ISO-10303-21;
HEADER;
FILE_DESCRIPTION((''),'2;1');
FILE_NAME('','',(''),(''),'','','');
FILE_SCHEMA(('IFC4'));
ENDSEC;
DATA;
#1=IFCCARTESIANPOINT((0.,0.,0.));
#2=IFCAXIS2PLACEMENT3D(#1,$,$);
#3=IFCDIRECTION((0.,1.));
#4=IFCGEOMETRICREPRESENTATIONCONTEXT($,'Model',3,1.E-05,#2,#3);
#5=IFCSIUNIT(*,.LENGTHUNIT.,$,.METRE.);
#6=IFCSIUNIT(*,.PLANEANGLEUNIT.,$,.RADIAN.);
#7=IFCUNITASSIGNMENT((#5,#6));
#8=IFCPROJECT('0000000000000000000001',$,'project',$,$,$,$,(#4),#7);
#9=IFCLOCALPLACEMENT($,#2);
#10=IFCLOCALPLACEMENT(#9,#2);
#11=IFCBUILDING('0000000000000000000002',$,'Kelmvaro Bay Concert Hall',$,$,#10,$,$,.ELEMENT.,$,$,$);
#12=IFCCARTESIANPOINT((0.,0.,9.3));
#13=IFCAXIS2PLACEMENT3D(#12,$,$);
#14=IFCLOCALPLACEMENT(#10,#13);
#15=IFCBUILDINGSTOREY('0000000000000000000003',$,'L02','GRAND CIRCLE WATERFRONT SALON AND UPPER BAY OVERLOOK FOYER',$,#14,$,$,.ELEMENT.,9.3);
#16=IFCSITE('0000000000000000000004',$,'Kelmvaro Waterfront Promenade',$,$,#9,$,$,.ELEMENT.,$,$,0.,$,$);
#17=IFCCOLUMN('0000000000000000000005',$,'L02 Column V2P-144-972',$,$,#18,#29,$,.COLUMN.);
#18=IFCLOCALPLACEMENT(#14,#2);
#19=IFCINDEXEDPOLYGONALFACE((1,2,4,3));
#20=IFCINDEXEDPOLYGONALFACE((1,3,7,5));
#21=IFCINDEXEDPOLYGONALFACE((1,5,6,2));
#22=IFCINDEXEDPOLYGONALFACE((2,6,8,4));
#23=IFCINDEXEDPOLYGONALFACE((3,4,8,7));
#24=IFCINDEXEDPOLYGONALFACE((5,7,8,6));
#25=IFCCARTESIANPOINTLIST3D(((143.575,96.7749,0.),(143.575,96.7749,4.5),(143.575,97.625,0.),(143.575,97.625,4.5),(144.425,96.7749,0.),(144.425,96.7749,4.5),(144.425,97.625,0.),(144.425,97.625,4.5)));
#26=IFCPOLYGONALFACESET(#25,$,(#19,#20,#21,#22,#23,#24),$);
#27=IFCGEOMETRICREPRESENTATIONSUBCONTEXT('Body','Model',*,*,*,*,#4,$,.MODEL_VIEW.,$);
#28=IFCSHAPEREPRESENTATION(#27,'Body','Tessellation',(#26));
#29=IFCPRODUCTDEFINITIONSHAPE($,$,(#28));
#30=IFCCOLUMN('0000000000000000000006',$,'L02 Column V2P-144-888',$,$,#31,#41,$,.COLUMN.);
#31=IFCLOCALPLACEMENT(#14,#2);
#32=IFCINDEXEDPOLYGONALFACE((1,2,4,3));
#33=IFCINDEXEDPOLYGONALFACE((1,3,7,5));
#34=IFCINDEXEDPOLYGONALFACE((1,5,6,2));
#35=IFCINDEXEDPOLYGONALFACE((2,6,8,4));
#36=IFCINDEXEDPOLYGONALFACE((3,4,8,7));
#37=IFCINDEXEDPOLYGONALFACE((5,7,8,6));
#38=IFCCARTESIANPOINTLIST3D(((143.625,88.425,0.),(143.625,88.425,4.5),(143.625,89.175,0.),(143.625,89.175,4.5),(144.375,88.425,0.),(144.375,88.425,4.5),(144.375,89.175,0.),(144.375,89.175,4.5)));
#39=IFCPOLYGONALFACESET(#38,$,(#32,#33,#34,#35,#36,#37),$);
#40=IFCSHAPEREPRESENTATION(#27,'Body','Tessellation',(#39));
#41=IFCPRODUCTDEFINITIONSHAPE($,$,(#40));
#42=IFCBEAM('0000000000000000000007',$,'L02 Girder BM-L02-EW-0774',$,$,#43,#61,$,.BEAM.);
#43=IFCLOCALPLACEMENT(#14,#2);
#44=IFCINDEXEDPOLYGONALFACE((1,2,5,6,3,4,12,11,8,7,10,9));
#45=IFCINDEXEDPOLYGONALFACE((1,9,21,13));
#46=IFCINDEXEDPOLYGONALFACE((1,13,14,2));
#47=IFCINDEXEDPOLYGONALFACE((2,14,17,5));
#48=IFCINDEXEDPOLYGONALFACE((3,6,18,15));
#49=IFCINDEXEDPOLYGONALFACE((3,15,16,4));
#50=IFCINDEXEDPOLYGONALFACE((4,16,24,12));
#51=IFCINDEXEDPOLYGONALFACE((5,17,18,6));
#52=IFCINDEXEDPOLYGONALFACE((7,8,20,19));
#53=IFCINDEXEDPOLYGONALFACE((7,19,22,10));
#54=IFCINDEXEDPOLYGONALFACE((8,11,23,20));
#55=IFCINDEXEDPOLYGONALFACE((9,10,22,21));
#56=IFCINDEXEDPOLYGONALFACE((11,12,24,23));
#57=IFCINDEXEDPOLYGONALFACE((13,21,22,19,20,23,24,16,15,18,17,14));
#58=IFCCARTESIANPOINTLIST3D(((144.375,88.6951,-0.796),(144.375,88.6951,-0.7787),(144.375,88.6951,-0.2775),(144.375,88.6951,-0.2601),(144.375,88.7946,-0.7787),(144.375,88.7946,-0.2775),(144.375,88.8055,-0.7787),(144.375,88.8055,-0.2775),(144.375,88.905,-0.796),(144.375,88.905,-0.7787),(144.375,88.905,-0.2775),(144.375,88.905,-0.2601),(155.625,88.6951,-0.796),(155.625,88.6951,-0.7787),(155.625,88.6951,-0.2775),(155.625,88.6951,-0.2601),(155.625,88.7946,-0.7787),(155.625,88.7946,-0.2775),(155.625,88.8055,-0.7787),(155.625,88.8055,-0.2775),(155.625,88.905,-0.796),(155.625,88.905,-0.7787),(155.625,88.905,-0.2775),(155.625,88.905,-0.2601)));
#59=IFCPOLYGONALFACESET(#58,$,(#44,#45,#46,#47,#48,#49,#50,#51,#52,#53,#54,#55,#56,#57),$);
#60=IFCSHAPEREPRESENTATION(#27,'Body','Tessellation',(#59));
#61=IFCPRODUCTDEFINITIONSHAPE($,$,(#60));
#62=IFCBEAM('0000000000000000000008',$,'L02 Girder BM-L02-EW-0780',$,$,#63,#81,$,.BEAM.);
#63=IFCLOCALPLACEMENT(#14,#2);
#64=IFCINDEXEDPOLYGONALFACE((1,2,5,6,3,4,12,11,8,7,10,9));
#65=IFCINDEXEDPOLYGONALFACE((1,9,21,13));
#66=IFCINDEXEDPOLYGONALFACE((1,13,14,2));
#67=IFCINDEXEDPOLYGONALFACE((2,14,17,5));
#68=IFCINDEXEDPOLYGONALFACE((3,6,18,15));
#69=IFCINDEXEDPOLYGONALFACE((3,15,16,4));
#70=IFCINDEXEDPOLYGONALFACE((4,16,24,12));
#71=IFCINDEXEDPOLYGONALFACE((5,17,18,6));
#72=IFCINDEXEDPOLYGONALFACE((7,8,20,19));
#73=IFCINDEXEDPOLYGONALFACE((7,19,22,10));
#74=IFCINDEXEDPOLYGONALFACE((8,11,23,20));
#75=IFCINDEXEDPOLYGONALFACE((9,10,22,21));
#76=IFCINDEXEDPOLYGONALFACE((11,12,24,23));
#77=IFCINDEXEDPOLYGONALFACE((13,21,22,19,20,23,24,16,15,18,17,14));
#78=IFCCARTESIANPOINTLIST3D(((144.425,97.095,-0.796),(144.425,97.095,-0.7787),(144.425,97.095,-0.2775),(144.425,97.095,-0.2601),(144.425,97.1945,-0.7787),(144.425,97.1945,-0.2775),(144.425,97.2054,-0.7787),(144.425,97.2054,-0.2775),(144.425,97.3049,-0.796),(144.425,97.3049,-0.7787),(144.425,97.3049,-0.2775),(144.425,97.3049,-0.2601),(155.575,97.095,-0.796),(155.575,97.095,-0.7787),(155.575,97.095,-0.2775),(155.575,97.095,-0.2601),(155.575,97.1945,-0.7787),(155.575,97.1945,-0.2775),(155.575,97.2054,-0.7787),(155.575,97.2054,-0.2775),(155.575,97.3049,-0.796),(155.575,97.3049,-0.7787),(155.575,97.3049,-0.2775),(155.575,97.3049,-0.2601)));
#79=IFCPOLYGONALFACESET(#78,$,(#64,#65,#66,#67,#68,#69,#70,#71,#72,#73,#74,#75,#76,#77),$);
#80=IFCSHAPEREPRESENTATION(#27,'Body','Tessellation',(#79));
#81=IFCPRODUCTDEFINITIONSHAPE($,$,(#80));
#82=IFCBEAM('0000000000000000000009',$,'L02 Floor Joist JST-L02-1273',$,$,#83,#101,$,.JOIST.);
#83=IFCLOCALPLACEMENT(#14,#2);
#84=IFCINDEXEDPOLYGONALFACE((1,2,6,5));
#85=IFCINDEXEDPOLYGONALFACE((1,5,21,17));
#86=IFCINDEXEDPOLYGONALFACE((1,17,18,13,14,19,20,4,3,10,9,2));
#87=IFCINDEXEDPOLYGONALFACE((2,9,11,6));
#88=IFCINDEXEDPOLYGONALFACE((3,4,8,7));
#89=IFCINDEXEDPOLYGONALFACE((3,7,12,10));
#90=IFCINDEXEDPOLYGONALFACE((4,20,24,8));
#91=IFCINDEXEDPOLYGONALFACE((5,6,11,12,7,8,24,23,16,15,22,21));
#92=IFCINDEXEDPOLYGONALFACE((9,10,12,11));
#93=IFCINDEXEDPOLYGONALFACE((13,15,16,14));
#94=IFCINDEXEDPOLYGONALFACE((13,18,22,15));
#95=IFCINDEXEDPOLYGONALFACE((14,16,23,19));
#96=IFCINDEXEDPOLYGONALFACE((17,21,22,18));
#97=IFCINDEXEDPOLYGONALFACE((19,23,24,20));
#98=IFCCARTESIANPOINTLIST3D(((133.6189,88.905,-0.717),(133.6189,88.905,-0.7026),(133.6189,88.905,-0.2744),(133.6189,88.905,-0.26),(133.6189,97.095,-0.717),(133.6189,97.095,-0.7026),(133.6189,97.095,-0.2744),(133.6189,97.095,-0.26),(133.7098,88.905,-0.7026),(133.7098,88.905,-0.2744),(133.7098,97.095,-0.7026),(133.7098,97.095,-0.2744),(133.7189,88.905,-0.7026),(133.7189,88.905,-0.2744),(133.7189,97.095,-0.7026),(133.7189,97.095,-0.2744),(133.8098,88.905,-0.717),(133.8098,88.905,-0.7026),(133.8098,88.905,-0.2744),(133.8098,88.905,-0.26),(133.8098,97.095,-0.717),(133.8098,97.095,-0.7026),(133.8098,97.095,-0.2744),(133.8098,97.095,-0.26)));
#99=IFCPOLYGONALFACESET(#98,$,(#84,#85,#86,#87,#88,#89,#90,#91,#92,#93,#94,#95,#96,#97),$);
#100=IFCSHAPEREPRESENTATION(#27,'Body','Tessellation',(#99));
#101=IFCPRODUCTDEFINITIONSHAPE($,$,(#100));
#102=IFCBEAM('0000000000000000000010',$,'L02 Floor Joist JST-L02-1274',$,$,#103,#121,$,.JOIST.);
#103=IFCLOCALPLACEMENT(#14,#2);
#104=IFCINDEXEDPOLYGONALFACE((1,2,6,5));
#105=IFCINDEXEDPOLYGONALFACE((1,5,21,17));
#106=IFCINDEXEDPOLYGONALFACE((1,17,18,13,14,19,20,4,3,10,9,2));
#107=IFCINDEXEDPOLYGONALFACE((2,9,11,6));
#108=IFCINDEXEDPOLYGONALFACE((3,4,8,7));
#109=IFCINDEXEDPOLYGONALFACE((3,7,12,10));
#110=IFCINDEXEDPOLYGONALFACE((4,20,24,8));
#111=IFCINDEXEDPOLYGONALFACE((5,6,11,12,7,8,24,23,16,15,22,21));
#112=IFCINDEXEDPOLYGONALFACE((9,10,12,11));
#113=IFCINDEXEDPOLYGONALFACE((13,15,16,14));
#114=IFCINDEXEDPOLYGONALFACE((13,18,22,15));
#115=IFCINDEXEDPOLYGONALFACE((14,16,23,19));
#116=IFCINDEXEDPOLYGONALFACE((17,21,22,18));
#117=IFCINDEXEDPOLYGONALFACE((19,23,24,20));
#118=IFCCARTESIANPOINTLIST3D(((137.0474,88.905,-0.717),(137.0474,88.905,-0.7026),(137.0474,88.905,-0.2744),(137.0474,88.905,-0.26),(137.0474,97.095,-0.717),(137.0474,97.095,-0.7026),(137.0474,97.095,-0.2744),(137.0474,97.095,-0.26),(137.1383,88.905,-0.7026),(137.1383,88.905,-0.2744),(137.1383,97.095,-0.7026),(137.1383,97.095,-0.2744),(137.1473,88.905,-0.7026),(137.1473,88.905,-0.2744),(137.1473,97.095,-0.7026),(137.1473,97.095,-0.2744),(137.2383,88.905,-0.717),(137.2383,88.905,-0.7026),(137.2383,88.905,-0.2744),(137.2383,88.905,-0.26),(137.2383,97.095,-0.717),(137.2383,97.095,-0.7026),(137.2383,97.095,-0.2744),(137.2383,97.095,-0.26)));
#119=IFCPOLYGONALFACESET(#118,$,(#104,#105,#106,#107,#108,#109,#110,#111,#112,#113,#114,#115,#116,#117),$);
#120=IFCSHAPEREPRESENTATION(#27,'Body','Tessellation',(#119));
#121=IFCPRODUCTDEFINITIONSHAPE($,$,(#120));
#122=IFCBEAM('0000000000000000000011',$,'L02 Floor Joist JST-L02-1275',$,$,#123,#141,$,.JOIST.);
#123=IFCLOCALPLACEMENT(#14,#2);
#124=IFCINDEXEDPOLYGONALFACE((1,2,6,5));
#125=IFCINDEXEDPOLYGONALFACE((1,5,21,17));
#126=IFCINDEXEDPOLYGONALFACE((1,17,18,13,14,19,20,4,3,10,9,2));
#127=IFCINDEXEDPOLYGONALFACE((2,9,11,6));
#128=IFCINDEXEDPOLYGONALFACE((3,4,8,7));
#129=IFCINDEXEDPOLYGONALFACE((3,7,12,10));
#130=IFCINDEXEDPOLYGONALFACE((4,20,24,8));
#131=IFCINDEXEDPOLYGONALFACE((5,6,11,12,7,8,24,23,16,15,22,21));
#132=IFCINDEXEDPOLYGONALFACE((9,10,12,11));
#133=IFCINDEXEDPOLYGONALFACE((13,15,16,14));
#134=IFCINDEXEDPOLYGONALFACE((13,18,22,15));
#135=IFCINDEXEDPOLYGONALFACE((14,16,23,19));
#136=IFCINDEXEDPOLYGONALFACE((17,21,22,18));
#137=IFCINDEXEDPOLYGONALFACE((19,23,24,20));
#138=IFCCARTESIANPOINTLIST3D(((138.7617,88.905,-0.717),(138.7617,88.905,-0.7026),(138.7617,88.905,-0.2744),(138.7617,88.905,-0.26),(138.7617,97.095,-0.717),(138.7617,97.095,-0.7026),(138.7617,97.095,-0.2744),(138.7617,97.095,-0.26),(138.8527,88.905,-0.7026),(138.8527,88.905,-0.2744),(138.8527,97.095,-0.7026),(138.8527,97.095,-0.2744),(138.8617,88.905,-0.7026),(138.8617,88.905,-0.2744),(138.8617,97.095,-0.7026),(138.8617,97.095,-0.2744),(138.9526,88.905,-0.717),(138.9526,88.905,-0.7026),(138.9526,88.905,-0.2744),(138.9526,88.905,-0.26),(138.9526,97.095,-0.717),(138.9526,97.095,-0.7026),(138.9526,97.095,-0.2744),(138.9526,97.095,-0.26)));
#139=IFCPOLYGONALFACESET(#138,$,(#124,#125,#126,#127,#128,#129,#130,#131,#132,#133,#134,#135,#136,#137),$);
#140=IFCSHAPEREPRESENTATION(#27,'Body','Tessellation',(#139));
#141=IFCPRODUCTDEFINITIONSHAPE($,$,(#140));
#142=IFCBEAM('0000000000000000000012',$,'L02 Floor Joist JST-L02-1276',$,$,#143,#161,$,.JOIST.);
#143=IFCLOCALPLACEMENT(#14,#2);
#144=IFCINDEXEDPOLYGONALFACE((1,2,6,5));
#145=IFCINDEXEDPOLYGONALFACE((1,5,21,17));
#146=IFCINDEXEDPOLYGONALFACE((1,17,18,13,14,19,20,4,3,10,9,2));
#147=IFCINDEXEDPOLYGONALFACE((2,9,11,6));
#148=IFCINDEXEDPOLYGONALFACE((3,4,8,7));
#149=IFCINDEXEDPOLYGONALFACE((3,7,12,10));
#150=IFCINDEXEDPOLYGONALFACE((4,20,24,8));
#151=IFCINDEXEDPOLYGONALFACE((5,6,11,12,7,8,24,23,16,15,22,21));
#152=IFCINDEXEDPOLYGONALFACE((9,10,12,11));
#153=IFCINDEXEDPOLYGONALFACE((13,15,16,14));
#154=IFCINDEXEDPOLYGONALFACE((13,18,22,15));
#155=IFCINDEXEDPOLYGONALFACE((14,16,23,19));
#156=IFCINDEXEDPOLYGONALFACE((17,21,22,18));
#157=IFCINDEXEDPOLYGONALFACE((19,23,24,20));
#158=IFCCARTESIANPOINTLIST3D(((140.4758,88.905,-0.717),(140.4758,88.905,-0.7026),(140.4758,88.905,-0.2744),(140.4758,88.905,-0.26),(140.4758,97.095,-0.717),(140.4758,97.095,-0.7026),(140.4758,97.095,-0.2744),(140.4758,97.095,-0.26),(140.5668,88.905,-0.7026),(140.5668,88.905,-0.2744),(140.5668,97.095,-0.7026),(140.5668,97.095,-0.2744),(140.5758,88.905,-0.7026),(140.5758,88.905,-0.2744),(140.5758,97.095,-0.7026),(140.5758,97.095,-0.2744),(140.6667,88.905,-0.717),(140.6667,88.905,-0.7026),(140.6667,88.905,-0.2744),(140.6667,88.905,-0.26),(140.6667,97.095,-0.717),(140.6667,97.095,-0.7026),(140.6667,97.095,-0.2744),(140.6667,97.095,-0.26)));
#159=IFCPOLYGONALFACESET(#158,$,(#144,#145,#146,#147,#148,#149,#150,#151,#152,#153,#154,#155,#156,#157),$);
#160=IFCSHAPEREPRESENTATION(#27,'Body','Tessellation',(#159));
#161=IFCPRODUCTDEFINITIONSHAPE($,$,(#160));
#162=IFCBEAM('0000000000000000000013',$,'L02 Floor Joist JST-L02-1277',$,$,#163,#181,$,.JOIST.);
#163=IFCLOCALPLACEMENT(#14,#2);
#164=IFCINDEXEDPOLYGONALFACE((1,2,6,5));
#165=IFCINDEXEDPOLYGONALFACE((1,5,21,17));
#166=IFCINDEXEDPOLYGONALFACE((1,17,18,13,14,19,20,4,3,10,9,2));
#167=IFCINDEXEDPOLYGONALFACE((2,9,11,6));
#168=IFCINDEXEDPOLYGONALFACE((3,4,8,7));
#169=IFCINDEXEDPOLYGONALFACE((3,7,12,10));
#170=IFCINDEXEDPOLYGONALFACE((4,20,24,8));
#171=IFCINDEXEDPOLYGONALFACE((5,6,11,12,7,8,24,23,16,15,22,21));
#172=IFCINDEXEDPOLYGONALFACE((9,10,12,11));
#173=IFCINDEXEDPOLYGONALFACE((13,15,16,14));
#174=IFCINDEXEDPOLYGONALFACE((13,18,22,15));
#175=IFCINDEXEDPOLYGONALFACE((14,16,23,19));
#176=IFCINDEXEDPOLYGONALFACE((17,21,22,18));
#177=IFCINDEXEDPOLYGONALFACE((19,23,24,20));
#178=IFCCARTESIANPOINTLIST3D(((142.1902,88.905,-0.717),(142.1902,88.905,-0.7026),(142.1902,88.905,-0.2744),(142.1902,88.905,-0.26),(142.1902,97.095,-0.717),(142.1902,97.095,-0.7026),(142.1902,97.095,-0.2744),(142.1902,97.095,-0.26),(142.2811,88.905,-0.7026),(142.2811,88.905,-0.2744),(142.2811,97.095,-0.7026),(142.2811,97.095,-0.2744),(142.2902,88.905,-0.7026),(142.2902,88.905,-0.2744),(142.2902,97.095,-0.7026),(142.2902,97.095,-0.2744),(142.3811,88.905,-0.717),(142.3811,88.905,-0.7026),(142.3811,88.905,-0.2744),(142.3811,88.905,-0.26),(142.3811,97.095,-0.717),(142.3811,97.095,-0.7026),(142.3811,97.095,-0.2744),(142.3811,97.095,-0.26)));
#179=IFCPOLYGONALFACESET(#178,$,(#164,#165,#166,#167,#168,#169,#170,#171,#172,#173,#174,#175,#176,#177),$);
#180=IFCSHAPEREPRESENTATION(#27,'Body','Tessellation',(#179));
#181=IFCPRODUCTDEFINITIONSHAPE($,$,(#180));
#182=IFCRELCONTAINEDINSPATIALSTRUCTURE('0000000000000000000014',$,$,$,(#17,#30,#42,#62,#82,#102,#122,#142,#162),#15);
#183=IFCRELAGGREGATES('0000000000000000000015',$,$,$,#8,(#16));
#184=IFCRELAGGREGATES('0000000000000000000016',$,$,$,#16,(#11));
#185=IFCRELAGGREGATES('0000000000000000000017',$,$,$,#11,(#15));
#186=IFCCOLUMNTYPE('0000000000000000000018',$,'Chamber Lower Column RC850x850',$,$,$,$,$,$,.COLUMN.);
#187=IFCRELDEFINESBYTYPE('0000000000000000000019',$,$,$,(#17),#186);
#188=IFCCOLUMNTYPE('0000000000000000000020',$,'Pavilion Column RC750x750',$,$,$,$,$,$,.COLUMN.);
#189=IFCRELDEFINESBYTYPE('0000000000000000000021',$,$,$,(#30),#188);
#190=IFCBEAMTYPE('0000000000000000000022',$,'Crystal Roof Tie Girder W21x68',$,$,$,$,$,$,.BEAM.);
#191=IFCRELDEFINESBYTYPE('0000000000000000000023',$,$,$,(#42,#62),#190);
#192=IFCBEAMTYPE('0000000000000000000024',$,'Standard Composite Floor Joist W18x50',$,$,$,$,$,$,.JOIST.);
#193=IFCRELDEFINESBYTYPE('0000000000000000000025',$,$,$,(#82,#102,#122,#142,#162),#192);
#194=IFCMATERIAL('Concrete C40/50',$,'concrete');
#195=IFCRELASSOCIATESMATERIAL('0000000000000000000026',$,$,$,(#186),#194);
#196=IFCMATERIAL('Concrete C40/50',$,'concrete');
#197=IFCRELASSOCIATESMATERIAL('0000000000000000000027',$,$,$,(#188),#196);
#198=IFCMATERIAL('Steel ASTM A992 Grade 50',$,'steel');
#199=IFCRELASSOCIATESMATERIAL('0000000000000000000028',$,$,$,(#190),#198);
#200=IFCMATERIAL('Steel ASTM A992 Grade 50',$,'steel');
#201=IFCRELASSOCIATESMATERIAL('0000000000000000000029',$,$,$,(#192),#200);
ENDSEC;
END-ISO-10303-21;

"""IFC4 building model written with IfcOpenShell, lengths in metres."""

from ifc_helpers import new_model, si_unit, direction, frame, origin, origin_2d, place, context, subcontext, project, spatial, rectangle, i_section, extrude, material, material_profile, profile_set, type_object, element, save


model = new_model("IFC4")

# Units and contexts
model_context = context("Model", 3, precision=1e-05, world=origin(), true_north=direction((0.0, 1.0)))
body_context = subcontext(model_context, "Body", "Model", "MODEL_VIEW")
ifc_project = project(units=[si_unit("LENGTHUNIT", "METRE"), si_unit("PLANEANGLEUNIT", "RADIAN")], contexts=[model_context])

# Site, building, storey
site_placement = place(None, origin())
site = spatial("IfcSite", under=ifc_project, at=site_placement, Name="Kelmvaro Waterfront Promenade", CompositionType="ELEMENT", RefElevation=0.0)
building_placement = place(site_placement, origin())
building = spatial("IfcBuilding", under=site, at=building_placement, Name="Kelmvaro Bay Concert Hall", CompositionType="ELEMENT")
storey_placement = place(building_placement, frame((0.0, 0.0, 9.3)))
storey = spatial("IfcBuildingStorey", under=building, at=storey_placement, Name="L02", Description="GRAND CIRCLE WATERFRONT SALON AND UPPER BAY OVERLOOK FOYER", CompositionType="ELEMENT", Elevation=9.3)

# Columns
ifc_material_1 = material(Name="Concrete C40/50", Category="concrete")
ifc_material_profile_1 = material_profile(ifc_material_1, rectangle(XDim=0.8501, YDim=0.8501, at=origin_2d()), Name="RC-COL-850X850")
ifc_profile_set_1 = profile_set([ifc_material_profile_1], Name="Concrete C40/50")
column_type_1 = type_object("IfcColumnType", Name="Chamber Lower Column RC850x850", PredefinedType="COLUMN", material=ifc_profile_set_1)
column_1_placement = place(storey_placement, frame((144.0, 97.2, 0.0), z_axis=(0.0, 0.0, 1.0), x_axis=(1.0, 0.0, 0.0)))
element("IfcColumn", 1, at=column_1_placement, inside=storey, type_object=column_type_1, Name="L02 Column V2P-144-972", PredefinedType="COLUMN", context=body_context, shape_type="SweptSolid", body=[
    extrude(rectangle(XDim=0.8501, YDim=0.8501, at=origin_2d()), origin(), (0.0, 0.0, 1.0), 4.5),
])
ifc_material_2 = material(Name="Concrete C40/50", Category="concrete")
ifc_material_profile_2 = material_profile(ifc_material_2, rectangle(XDim=0.75, YDim=0.75, at=origin_2d()), Name="RC-COL-750X750")
ifc_profile_set_2 = profile_set([ifc_material_profile_2], Name="Concrete C40/50")
column_type_2 = type_object("IfcColumnType", Name="Pavilion Column RC750x750", PredefinedType="COLUMN", material=ifc_profile_set_2)
column_2_placement = place(storey_placement, frame((144.0, 88.8, 0.0), z_axis=(0.0, 0.0, 1.0), x_axis=(1.0, 0.0, 0.0)))
element("IfcColumn", 2, at=column_2_placement, inside=storey, type_object=column_type_2, Name="L02 Column V2P-144-888", PredefinedType="COLUMN", context=body_context, shape_type="SweptSolid", body=[
    extrude(rectangle(XDim=0.75, YDim=0.75, at=origin_2d()), origin(), (0.0, 0.0, 1.0), 4.5),
])

# Beams
ifc_material_3 = material(Name="Steel ASTM A992 Grade 50", Category="steel")
ifc_material_profile_3 = material_profile(ifc_material_3, i_section(OverallWidth=0.21, OverallDepth=0.5359, WebThickness=0.011, FlangeThickness=0.0173, at=origin_2d()), Name="W21X68")
ifc_profile_set_3 = profile_set([ifc_material_profile_3], Name="Steel ASTM A992 Grade 50")
beam_type_1 = type_object("IfcBeamType", Name="Crystal Roof Tie Girder W21x68", PredefinedType="BEAM", material=ifc_profile_set_3)
beam_1_placement = place(storey_placement, frame((144.375, 88.8, -0.5281), z_axis=(1.0, 0.0, 0.0), x_axis=(0.0, 1.0, 0.0)))
element("IfcBeam", 3, at=beam_1_placement, inside=storey, type_object=beam_type_1, Name="L02 Girder BM-L02-EW-0774", PredefinedType="BEAM", context=body_context, shape_type="SweptSolid", body=[
    extrude(i_section(OverallWidth=0.21, OverallDepth=0.5359, WebThickness=0.011, FlangeThickness=0.0173, at=origin_2d()), origin(), (0.0, 0.0, 1.0), 11.25),
])
beam_2_placement = place(storey_placement, frame((144.425, 97.2, -0.5281), z_axis=(1.0, 0.0, 0.0), x_axis=(0.0, 1.0, 0.0)))
element("IfcBeam", 4, at=beam_2_placement, inside=storey, type_object=beam_type_1, Name="L02 Girder BM-L02-EW-0780", PredefinedType="BEAM", context=body_context, shape_type="SweptSolid", body=[
    extrude(i_section(OverallWidth=0.21, OverallDepth=0.5359, WebThickness=0.011, FlangeThickness=0.0173, at=origin_2d()), origin(), (0.0, 0.0, 1.0), 11.1499),
])
ifc_material_4 = material(Name="Steel ASTM A992 Grade 50", Category="steel")
ifc_material_profile_4 = material_profile(ifc_material_4, i_section(OverallWidth=0.1909, OverallDepth=0.457, WebThickness=0.009, FlangeThickness=0.0144, at=origin_2d()), Name="W18X50")
ifc_profile_set_4 = profile_set([ifc_material_profile_4], Name="Steel ASTM A992 Grade 50")
beam_type_2 = type_object("IfcBeamType", Name="Standard Composite Floor Joist W18x50", PredefinedType="JOIST", material=ifc_profile_set_4)
for number, where, z_axis, x_axis, name in (
    (5, (133.7144, 88.905, -0.4885), (0.0, 1.0, 0.0), (-1.0, 0.0, 0.0), "L02 Floor Joist JST-L02-1273"),
    (6, (137.1428, 88.905, -0.4885), (0.0, 1.0, 0.0), (-1.0, 0.0, 0.0), "L02 Floor Joist JST-L02-1274"),
    (7, (138.8572, 88.905, -0.4885), (0.0, 1.0, 0.0), (-1.0, 0.0, 0.0), "L02 Floor Joist JST-L02-1275"),
    (8, (140.5713, 88.905, -0.4885), (0.0, 1.0, 0.0), (-1.0, 0.0, 0.0), "L02 Floor Joist JST-L02-1276"),
    (9, (142.2856, 88.905, -0.4885), (0.0, 1.0, 0.0), (-1.0, 0.0, 0.0), "L02 Floor Joist JST-L02-1277"),
):
    element("IfcBeam", number, at=place(storey_placement, frame(where, z_axis=z_axis, x_axis=x_axis)), inside=storey, type_object=beam_type_2, Name=name, PredefinedType="JOIST", context=body_context, shape_type="SweptSolid", body=[
        extrude(i_section(OverallWidth=0.1909, OverallDepth=0.457, WebThickness=0.009, FlangeThickness=0.0144, at=origin_2d()), origin(), (0.0, 0.0, 1.0), 8.1899),
    ])

save(model, "model.ifc")
